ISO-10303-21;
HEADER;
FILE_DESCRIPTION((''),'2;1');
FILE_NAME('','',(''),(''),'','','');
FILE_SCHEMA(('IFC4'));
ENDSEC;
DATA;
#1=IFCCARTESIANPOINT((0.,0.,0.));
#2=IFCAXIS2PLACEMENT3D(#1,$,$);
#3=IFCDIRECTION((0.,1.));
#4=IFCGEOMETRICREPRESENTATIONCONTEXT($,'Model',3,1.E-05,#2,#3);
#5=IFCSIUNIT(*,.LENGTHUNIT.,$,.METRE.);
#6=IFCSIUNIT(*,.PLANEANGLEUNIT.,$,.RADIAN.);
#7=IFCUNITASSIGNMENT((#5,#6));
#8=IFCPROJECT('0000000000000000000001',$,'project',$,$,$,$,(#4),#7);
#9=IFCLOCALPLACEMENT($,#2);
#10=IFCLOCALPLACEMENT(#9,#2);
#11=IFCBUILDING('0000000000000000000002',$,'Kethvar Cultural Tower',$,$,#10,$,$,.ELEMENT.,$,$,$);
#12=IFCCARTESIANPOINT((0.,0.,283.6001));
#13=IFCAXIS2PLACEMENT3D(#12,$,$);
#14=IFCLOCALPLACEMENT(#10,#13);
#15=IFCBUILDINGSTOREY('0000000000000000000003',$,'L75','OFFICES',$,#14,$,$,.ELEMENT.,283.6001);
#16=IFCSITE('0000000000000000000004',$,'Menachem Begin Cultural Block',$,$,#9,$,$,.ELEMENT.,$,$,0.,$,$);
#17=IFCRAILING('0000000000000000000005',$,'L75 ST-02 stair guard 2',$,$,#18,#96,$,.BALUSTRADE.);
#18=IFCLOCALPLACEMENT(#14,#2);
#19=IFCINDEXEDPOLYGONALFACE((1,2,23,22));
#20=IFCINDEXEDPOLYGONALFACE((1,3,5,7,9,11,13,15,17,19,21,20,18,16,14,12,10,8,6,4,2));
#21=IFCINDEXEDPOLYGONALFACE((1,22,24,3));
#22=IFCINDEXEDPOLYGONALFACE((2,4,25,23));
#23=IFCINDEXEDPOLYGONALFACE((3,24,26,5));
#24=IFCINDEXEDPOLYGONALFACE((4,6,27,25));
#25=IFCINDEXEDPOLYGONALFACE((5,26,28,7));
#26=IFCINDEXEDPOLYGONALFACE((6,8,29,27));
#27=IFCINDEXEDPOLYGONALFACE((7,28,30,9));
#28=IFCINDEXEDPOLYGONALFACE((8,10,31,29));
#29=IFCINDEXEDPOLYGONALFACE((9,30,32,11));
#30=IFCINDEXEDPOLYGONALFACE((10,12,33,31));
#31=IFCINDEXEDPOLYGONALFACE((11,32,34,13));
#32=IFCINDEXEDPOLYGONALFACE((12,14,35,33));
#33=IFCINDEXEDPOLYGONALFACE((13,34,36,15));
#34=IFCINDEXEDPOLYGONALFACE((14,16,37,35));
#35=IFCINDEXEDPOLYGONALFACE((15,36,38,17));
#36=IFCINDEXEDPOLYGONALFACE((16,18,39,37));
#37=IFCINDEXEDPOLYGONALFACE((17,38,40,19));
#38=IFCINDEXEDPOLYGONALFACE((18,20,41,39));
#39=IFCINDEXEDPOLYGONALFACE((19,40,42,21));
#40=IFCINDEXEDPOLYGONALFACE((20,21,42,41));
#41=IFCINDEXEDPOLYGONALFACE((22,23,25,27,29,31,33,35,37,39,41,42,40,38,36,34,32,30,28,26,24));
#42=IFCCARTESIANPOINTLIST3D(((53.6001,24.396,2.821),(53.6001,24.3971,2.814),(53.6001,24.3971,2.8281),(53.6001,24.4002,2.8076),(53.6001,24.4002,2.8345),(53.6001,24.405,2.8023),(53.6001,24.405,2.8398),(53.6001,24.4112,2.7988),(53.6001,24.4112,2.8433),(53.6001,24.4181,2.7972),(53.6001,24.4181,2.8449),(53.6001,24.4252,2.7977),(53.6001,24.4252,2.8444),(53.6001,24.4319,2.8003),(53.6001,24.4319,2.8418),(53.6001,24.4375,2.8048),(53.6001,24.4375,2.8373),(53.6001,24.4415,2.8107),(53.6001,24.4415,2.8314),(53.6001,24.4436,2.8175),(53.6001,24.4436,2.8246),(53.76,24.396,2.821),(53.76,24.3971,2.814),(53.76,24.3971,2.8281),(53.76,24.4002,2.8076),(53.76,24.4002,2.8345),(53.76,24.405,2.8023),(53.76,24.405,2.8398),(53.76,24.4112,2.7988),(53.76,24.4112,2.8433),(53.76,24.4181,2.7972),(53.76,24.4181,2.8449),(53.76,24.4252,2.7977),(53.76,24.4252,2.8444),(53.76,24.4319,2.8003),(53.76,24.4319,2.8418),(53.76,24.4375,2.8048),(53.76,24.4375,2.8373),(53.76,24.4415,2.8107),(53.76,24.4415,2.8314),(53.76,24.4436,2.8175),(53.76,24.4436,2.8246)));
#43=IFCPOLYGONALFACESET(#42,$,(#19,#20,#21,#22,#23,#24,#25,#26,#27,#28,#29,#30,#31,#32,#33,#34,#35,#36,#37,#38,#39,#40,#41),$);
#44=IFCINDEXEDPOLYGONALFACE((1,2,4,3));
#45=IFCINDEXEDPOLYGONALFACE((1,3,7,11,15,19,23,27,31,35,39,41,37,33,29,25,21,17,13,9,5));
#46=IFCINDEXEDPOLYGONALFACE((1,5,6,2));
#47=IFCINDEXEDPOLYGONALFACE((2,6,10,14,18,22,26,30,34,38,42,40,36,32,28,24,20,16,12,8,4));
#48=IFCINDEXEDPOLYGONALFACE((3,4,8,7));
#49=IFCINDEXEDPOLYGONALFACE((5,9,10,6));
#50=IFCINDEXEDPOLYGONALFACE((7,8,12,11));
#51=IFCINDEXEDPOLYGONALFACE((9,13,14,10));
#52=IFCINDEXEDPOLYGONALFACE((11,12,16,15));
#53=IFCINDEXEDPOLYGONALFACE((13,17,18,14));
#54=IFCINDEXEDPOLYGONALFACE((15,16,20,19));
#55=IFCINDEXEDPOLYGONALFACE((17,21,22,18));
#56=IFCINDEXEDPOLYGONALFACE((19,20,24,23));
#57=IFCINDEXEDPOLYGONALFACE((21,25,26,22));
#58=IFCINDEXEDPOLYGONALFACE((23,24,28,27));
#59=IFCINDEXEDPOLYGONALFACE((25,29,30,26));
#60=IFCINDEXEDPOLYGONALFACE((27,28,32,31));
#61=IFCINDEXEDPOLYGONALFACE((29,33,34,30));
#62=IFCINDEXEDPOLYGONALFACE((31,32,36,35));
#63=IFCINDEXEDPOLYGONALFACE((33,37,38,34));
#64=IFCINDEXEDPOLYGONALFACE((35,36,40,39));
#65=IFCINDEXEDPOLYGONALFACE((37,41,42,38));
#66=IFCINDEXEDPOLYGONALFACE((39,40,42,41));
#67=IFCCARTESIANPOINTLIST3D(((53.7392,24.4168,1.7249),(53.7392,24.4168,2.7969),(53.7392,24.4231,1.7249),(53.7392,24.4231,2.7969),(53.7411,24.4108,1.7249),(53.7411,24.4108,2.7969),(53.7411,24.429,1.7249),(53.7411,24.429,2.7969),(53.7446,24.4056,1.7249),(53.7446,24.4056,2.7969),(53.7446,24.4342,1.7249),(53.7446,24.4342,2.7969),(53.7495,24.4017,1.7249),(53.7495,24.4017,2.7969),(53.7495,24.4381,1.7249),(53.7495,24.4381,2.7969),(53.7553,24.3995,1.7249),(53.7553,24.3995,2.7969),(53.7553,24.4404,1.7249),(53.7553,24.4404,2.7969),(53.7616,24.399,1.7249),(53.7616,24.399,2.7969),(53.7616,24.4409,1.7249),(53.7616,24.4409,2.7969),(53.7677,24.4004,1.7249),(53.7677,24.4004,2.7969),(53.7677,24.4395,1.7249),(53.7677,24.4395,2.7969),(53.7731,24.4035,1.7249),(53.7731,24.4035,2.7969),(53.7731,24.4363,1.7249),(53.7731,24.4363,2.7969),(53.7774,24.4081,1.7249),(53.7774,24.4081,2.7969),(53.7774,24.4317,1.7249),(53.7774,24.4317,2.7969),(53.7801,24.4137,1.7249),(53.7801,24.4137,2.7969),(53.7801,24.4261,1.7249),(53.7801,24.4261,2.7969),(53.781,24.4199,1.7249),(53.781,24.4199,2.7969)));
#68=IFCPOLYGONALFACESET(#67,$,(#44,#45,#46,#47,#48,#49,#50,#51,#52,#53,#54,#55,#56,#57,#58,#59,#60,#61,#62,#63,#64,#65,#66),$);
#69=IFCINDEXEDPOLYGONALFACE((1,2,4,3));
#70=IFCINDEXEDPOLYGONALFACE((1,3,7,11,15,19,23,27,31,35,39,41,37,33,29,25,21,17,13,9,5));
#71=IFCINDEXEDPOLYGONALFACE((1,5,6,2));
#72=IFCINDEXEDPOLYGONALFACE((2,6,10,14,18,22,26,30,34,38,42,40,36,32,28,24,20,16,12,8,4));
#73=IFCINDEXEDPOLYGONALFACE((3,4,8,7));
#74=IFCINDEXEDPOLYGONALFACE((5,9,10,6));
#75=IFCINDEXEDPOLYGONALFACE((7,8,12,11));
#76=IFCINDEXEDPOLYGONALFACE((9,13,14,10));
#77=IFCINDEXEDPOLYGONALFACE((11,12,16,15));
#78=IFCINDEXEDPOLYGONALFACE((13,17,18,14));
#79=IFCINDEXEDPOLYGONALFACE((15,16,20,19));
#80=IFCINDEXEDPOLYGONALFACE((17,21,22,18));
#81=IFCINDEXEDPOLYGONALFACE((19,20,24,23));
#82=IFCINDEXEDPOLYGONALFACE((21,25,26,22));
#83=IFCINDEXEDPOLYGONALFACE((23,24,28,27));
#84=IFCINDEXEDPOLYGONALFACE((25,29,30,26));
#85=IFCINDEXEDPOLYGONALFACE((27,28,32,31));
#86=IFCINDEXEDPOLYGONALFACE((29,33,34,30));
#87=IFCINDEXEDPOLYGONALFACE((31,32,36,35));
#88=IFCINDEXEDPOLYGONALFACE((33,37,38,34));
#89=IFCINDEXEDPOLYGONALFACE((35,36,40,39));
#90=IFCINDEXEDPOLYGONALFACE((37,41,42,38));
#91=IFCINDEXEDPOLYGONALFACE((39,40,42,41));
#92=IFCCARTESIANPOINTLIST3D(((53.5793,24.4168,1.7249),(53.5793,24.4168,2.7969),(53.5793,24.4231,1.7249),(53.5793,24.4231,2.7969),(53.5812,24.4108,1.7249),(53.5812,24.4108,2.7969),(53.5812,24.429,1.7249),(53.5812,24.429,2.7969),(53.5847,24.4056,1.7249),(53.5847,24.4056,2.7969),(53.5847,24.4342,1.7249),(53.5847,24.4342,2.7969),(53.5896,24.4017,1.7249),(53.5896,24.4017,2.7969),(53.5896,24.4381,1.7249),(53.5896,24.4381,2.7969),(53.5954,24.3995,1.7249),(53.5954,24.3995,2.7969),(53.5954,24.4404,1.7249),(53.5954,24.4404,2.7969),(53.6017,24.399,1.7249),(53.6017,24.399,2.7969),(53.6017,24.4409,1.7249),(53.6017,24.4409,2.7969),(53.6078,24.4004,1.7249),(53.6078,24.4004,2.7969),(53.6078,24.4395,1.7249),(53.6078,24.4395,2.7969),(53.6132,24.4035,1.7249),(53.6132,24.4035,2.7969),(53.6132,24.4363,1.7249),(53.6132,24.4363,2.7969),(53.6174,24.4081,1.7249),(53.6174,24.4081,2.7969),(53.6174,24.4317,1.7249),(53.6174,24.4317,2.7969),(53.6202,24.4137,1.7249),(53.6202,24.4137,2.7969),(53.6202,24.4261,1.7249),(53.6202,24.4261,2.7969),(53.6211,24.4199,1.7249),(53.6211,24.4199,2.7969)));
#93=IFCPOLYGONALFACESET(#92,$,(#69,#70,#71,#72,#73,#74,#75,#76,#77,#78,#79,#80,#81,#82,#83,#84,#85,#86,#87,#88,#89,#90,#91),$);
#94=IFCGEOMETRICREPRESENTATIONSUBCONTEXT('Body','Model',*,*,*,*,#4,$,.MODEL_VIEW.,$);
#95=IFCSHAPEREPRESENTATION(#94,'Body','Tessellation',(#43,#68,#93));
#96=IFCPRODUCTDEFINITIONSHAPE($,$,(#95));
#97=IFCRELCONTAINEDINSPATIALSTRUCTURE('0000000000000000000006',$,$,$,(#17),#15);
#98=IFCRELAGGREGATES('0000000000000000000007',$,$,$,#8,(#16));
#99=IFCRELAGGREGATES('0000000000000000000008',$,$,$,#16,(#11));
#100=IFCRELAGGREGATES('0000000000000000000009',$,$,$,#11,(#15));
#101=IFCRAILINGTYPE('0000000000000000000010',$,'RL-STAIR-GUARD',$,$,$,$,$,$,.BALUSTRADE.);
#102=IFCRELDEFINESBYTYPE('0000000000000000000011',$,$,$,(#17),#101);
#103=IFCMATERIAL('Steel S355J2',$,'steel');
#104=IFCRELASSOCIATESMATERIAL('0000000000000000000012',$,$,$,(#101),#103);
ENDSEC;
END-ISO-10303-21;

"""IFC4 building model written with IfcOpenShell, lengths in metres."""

from ifc_helpers import new_model, si_unit, direction, frame, origin, origin_2d, place, context, subcontext, project, spatial, circle, extrude, material, type_object, element, save


model = new_model("IFC4")

# Units and contexts
model_context = context("Model", 3, precision=1e-05, world=origin(), true_north=direction((0.0, 1.0)))
body_context = subcontext(model_context, "Body", "Model", "MODEL_VIEW")
ifc_project = project(units=[si_unit("LENGTHUNIT", "METRE"), si_unit("PLANEANGLEUNIT", "RADIAN")], contexts=[model_context])

# Site, building, storey
site_placement = place(None, origin())
site = spatial("IfcSite", under=ifc_project, at=site_placement, Name="Menachem Begin Cultural Block", CompositionType="ELEMENT", RefElevation=0.0)
building_placement = place(site_placement, origin())
building = spatial("IfcBuilding", under=site, at=building_placement, Name="Kethvar Cultural Tower", CompositionType="ELEMENT")
storey_placement = place(building_placement, frame((0.0, 0.0, 283.6001)))
storey = spatial("IfcBuildingStorey", under=building, at=storey_placement, Name="L75", Description="OFFICES", CompositionType="ELEMENT", Elevation=283.6001)

# Shared definitions
ifc_material_1 = material(Name="Steel S355J2", Category="steel")

# Railing
railing_type_1 = type_object("IfcRailingType", Name="RL-STAIR-GUARD", PredefinedType="BALUSTRADE", material=ifc_material_1)
railing_1_placement = place(storey_placement, frame((53.76, 24.4199, 1.7249)))
element("IfcRailing", 1, at=railing_1_placement, inside=storey, type_object=railing_type_1, Name="L75 ST-02 stair guard 2", PredefinedType="BALUSTRADE", context=body_context, shape_type="SweptSolid", body=[
    extrude(circle(Radius=0.0239, at=origin_2d()), frame((0.0, 0.0, 1.0962), z_axis=(-1.0, 0.0, 0.0), x_axis=(0.0, -1.0, 0.0)), (0.0, 0.0, 1.0), 0.1599),
    extrude(circle(Radius=0.021, at=origin_2d()), origin(), (0.0, 0.0, 1.0), 1.072),
    extrude(circle(Radius=0.021, at=origin_2d()), frame((-0.1599, 0.0, 0.0)), (0.0, 0.0, 1.0), 1.072),
])

save(model, "model.ifc")
